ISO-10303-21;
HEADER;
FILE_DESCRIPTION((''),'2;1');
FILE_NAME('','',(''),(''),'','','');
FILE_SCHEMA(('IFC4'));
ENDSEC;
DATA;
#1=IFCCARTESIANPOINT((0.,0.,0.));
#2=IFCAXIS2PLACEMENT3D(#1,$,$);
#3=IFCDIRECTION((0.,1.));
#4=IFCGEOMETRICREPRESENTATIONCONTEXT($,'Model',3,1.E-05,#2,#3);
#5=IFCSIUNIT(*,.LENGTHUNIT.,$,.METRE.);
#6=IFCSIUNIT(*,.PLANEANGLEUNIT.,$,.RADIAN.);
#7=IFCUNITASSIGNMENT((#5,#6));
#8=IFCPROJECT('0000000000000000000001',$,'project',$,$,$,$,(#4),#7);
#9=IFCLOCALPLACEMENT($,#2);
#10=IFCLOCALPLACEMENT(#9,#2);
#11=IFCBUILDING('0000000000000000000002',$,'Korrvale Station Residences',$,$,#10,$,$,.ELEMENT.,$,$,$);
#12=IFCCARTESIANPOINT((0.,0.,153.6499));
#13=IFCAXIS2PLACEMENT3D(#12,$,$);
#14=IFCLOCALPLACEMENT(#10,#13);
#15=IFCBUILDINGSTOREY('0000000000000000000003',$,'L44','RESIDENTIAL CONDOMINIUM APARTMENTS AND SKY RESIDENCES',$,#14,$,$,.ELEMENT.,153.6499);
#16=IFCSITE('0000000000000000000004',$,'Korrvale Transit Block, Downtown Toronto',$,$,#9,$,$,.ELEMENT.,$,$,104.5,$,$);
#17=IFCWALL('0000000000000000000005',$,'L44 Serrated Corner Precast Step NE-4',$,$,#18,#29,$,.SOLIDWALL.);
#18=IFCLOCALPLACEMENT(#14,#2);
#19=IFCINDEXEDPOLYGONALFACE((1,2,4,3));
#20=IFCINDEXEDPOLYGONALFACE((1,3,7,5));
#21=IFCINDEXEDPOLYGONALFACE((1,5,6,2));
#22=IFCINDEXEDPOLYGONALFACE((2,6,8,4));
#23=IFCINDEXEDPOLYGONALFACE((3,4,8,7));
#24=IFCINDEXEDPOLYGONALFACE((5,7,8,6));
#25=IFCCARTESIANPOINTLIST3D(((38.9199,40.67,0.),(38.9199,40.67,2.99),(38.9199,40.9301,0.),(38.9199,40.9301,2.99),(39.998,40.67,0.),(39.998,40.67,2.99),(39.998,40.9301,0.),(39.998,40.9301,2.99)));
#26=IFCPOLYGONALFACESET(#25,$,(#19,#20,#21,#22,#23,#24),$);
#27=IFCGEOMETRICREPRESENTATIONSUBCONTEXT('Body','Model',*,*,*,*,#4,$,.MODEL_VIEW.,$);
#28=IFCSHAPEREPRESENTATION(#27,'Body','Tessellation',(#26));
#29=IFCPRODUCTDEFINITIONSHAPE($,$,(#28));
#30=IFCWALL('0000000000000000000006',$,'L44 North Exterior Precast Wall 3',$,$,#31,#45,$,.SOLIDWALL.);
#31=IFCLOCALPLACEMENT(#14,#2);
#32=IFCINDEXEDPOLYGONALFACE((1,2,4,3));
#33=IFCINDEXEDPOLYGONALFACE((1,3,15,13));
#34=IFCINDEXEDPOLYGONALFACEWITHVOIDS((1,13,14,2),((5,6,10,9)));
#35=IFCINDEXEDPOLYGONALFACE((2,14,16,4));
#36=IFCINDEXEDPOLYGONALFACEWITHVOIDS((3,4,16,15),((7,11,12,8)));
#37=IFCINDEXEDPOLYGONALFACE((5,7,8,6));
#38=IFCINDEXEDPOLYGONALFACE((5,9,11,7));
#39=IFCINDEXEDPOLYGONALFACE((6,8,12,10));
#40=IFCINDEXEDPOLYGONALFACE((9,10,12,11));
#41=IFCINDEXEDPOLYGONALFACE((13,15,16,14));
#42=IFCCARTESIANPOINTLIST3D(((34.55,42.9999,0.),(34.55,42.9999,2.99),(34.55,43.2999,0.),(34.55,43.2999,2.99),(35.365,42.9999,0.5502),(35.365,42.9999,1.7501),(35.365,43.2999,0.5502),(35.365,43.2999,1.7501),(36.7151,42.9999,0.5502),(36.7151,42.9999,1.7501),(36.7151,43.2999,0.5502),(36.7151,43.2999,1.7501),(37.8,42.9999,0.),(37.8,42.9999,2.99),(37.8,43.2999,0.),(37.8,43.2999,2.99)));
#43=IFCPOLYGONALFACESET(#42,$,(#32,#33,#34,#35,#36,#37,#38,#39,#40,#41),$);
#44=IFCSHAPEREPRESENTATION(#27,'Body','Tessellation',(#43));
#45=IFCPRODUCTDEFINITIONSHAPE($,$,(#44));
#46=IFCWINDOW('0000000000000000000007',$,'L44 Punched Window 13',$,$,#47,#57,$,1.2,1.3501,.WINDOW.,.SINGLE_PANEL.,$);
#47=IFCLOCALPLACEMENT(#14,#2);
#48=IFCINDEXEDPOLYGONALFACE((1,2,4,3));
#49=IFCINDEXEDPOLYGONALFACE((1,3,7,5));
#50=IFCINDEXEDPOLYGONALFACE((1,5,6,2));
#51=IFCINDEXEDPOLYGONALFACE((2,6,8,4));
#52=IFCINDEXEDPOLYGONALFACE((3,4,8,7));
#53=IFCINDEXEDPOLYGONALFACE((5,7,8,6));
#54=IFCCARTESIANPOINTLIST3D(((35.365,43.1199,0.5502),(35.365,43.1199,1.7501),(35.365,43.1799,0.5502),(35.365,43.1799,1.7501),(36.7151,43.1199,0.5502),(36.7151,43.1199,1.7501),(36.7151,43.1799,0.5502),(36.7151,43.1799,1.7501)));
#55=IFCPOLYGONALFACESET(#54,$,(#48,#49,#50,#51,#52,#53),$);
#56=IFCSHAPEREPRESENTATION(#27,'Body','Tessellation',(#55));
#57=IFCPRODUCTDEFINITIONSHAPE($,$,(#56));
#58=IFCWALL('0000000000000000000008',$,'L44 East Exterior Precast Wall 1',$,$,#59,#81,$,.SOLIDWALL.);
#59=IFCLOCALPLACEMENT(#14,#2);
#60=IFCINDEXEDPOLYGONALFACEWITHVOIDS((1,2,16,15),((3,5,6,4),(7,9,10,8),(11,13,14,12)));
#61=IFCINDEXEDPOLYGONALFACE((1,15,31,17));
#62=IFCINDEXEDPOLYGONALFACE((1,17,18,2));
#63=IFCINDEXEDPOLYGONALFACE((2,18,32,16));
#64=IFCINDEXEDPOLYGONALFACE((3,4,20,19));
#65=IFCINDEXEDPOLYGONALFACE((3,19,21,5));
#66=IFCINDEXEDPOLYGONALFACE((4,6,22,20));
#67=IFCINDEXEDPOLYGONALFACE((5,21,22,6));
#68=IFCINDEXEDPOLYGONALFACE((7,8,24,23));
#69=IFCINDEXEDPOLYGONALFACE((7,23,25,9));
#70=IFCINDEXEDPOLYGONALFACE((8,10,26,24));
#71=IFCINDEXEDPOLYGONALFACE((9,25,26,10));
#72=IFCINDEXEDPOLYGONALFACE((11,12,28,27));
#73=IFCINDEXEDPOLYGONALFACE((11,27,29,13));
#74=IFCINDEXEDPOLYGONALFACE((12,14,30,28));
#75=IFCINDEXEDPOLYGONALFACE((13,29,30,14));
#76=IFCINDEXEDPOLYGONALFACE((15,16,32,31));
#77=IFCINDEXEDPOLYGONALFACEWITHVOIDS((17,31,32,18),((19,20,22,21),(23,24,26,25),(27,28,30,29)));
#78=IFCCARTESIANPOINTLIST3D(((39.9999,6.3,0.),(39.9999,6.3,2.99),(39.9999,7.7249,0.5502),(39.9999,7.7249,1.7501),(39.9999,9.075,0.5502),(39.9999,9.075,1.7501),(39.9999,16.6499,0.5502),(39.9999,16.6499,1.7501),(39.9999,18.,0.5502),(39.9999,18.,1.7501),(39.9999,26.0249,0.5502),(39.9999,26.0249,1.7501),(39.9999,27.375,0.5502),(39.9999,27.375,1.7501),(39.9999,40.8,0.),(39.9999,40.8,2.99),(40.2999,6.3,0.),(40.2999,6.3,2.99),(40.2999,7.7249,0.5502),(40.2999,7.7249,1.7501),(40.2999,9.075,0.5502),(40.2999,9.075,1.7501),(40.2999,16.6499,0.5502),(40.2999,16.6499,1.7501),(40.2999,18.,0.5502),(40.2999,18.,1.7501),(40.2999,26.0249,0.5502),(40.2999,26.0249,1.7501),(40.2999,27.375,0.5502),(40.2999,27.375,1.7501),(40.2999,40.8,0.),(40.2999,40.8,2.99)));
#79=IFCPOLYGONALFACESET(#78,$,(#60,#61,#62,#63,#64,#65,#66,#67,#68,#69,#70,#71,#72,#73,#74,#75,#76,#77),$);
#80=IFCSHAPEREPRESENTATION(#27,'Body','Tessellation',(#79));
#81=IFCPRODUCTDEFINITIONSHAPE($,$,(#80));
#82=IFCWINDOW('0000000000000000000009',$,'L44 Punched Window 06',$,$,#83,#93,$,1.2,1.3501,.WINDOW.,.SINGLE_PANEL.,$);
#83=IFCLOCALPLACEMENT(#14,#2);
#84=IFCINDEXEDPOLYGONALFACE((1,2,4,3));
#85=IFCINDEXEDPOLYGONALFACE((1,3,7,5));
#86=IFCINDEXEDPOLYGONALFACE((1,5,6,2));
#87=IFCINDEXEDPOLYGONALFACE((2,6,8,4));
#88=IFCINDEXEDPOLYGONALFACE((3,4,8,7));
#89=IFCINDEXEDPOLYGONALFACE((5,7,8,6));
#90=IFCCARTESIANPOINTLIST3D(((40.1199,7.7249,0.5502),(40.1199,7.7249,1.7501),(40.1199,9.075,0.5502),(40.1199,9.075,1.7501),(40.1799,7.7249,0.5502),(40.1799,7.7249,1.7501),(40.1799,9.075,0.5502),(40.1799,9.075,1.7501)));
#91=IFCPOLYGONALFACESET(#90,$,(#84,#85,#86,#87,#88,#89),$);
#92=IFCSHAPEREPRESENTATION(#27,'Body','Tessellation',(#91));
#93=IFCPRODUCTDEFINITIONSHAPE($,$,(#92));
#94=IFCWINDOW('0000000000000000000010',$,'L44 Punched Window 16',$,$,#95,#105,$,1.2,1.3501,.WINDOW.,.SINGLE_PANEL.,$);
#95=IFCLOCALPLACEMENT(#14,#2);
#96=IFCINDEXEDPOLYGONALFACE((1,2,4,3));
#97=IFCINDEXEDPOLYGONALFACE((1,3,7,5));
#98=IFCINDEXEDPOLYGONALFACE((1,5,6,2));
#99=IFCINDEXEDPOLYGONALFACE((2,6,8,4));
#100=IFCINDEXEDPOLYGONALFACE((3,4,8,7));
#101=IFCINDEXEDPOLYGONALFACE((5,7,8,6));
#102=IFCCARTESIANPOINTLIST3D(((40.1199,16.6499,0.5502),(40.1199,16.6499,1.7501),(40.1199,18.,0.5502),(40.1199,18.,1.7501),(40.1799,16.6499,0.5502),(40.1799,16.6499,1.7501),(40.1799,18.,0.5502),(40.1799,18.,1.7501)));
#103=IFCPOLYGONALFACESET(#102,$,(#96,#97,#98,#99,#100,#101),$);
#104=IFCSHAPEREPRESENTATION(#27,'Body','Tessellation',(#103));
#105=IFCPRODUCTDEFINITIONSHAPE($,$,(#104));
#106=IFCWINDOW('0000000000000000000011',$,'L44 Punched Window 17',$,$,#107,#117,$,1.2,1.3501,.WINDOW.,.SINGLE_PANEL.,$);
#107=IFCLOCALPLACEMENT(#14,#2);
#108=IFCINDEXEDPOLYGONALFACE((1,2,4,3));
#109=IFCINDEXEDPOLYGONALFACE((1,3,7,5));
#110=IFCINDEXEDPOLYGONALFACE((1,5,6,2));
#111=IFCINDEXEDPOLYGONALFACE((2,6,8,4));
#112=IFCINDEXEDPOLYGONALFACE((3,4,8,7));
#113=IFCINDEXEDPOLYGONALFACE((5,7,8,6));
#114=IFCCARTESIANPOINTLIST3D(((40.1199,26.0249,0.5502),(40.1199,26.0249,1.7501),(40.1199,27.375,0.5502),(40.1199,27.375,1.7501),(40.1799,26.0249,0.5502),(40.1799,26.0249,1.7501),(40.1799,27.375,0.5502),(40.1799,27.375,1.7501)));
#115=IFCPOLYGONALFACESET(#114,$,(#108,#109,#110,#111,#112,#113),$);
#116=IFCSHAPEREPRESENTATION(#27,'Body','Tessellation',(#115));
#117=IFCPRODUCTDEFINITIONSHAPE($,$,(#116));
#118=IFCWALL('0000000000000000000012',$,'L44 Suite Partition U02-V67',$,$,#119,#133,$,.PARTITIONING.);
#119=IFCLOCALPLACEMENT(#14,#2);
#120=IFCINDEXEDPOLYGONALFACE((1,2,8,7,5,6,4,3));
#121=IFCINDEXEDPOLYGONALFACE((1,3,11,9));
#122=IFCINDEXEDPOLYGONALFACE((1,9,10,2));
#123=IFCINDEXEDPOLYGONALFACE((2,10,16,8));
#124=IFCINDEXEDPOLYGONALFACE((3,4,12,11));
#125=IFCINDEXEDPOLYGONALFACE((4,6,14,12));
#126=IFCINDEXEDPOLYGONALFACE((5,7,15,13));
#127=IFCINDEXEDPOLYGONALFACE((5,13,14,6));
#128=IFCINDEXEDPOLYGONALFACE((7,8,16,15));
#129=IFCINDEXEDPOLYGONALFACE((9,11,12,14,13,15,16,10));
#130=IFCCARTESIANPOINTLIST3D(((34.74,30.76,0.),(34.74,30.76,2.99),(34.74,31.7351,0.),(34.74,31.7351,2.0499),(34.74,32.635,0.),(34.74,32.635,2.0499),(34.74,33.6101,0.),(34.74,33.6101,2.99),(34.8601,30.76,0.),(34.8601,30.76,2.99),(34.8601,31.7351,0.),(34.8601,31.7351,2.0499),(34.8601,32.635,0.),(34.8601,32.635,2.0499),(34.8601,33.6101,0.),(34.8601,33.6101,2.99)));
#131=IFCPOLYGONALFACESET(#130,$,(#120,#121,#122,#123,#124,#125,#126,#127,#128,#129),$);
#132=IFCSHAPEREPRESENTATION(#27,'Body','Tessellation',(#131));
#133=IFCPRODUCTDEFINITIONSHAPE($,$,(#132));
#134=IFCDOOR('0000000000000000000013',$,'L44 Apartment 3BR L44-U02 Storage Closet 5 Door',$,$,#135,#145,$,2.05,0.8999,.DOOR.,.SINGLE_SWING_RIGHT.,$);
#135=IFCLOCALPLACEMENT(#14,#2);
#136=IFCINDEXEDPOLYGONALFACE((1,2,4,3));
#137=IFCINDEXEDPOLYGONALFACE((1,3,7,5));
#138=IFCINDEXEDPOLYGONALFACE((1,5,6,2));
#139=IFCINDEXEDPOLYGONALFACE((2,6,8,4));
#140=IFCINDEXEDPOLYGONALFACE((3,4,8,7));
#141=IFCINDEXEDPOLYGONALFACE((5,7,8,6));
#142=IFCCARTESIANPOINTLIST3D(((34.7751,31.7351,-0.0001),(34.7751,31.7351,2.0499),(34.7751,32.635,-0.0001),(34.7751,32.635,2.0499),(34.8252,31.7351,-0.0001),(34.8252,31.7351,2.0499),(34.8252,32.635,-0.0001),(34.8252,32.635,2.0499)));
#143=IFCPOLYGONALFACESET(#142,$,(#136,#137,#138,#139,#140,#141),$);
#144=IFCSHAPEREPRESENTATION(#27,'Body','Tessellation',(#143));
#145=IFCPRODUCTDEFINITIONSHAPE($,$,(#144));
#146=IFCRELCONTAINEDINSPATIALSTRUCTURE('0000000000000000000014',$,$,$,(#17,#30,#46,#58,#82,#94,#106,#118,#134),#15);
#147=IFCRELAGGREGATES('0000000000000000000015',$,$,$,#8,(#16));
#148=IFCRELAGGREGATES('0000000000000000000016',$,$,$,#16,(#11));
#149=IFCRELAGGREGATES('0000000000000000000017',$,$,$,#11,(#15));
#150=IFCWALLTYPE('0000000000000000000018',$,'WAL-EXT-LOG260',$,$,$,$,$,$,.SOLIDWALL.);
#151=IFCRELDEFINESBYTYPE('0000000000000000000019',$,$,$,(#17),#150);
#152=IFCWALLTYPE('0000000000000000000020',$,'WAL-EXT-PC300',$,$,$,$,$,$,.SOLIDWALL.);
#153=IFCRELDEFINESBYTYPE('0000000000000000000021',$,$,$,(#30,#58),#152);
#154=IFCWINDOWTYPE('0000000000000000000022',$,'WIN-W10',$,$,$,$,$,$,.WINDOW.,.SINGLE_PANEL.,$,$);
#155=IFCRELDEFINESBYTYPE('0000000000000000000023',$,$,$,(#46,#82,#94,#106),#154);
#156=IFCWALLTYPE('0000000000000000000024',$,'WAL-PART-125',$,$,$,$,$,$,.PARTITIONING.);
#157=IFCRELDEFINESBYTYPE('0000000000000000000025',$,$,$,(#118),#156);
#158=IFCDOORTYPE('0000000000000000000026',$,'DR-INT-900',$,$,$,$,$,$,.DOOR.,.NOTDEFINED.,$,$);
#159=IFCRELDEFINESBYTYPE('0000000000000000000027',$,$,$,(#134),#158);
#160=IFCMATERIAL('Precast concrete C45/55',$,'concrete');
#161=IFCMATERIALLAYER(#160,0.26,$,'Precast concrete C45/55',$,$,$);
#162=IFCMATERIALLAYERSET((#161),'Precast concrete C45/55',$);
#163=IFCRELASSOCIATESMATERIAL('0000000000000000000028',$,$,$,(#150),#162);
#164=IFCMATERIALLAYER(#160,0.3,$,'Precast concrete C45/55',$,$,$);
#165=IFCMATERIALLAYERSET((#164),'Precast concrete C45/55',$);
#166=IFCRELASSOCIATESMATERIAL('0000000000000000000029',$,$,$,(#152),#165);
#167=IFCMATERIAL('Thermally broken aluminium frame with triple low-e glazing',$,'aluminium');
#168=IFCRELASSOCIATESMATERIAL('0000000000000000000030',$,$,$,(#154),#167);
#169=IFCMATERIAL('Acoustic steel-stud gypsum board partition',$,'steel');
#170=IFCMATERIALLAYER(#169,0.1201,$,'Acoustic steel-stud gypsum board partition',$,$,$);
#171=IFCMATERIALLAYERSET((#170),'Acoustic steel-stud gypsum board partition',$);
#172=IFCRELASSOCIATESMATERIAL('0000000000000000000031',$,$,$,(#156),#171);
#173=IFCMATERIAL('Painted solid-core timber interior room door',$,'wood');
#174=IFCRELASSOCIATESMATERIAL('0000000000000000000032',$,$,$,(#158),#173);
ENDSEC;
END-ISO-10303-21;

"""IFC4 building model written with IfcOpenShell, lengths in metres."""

from ifc_helpers import new_model, si_unit, direction, frame, frame_2d, origin, place, context, subcontext, project, spatial, rectangle, extrude, material, layer, layer_set, type_object, element, fill, save


model = new_model("IFC4")

# Units and contexts
model_context = context("Model", 3, precision=1e-05, world=origin(), true_north=direction((0.0, 1.0)))
body_context = subcontext(model_context, "Body", "Model", "MODEL_VIEW")
ifc_project = project(units=[si_unit("LENGTHUNIT", "METRE"), si_unit("PLANEANGLEUNIT", "RADIAN")], contexts=[model_context])

# Site, building, storey
site_placement = place(None, origin())
site = spatial("IfcSite", under=ifc_project, at=site_placement, Name="Korrvale Transit Block, Downtown Toronto", CompositionType="ELEMENT", RefElevation=104.5)
building_placement = place(site_placement, origin())
building = spatial("IfcBuilding", under=site, at=building_placement, Name="Korrvale Station Residences", CompositionType="ELEMENT")
storey_placement = place(building_placement, frame((0.0, 0.0, 153.6499)))
storey = spatial("IfcBuildingStorey", under=building, at=storey_placement, Name="L44", Description="RESIDENTIAL CONDOMINIUM APARTMENTS AND SKY RESIDENCES", CompositionType="ELEMENT", Elevation=153.6499)

# Wall
ifc_material_1 = material(Name="Precast concrete C45/55", Category="concrete")
ifc_layer_1 = layer(ifc_material_1, 0.26, Name="Precast concrete C45/55")
ifc_layer_set_1 = layer_set([ifc_layer_1], Name="Precast concrete C45/55")
wall_type_1 = type_object("IfcWallType", Name="WAL-EXT-LOG260", PredefinedType="SOLIDWALL", material=ifc_layer_set_1)
wall_1_placement = place(storey_placement, frame((38.9199, 40.8, 0.0), z_axis=(0.0, 0.0, 1.0), x_axis=(1.0, 0.0, 0.0)))
element("IfcWall", 1, at=wall_1_placement, inside=storey, type_object=wall_type_1, Name="L44 Serrated Corner Precast Step NE-4", PredefinedType="SOLIDWALL", context=body_context, shape_type="SweptSolid", body=[
    extrude(rectangle(XDim=1.0781, YDim=0.26, at=frame_2d((0.5391, 0.0))), origin(), (0.0, 0.0, 1.0), 2.99),
])

# Wall, opening, window
ifc_layer_2 = layer(ifc_material_1, 0.3, Name="Precast concrete C45/55")
ifc_layer_set_2 = layer_set([ifc_layer_2], Name="Precast concrete C45/55")
wall_type_2 = type_object("IfcWallType", Name="WAL-EXT-PC300", PredefinedType="SOLIDWALL", material=ifc_layer_set_2)
wall_2_placement = place(storey_placement, frame((34.55, 43.1499, 0.0), z_axis=(0.0, 0.0, 1.0), x_axis=(1.0, 0.0, 0.0)))
wall_2 = element("IfcWall", 2, at=wall_2_placement, inside=storey, type_object=wall_type_2, Name="L44 North Exterior Precast Wall 3", PredefinedType="SOLIDWALL", context=body_context, shape_type="SweptSolid", body=[
    extrude(rectangle(XDim=3.25, YDim=0.3, at=frame_2d((1.625, 0.0))), origin(), (0.0, 0.0, 1.0), 2.99),
])
opening_1_placement = place(wall_2_placement, frame((0.8149, 0.0, 0.55)))
opening_1 = element("IfcOpeningElement", 3, at=opening_1_placement, cuts=wall_2, PredefinedType="OPENING", context=body_context, shape_type="SweptSolid", body=[
    extrude(rectangle(XDim=1.3501, YDim=1.2, at=frame_2d((0.675, 0.6001))), frame((0.0, 0.1602, 0.0), z_axis=(0.0, -1.0, 0.0), x_axis=(1.0, 0.0, 0.0)), (0.0, 0.0, 1.0), 0.3201),
])
ifc_material_2 = material(Name="Thermally broken aluminium frame with triple low-e glazing", Category="aluminium")
window_type = type_object("IfcWindowType", Name="WIN-W10", PartitioningType="SINGLE_PANEL", PredefinedType="WINDOW", material=ifc_material_2)
window_1_placement = place(opening_1_placement, origin())
window_1 = element("IfcWindow", 4, at=window_1_placement, inside=storey, type_object=window_type, Name="L44 Punched Window 13", OverallHeight=1.2, OverallWidth=1.3501, PartitioningType="SINGLE_PANEL", PredefinedType="WINDOW", context=body_context, shape_type="SweptSolid", body=[
    extrude(rectangle(XDim=1.3501, YDim=1.2, at=frame_2d((0.675, 0.6001))), frame((0.0, 0.03, 0.0), z_axis=(0.0, -1.0, 0.0), x_axis=(1.0, 0.0, 0.0)), (0.0, 0.0, 1.0), 0.0601),
])
fill(opening_1, window_1)

# Wall, openings, windows
wall_3_placement = place(storey_placement, frame((40.1499, 40.8, 0.0), z_axis=(0.0, 0.0, 1.0), x_axis=(0.0, -1.0, 0.0)))
wall_3 = element("IfcWall", 5, at=wall_3_placement, inside=storey, type_object=wall_type_2, Name="L44 East Exterior Precast Wall 1", PredefinedType="SOLIDWALL", context=body_context, shape_type="SweptSolid", body=[
    extrude(rectangle(XDim=34.5, YDim=0.3, at=frame_2d((17.25, 0.0))), origin(), (0.0, 0.0, 1.0), 2.99),
])
opening_2_placement = place(wall_3_placement, frame((31.7251, 0.0, 0.55)))
opening_2 = element("IfcOpeningElement", 6, at=opening_2_placement, cuts=wall_3, PredefinedType="OPENING", context=body_context, shape_type="SweptSolid", body=[
    extrude(rectangle(XDim=1.3501, YDim=1.2, at=frame_2d((0.675, 0.6001))), frame((0.0, 0.1602, 0.0), z_axis=(0.0, -1.0, 0.0), x_axis=(1.0, 0.0, 0.0)), (0.0, 0.0, 1.0), 0.3201),
])
opening_3_placement = place(wall_3_placement, frame((22.8, 0.0, 0.55)))
opening_3 = element("IfcOpeningElement", 7, at=opening_3_placement, cuts=wall_3, PredefinedType="OPENING", context=body_context, shape_type="SweptSolid", body=[
    extrude(rectangle(XDim=1.3501, YDim=1.2, at=frame_2d((0.675, 0.6001))), frame((0.0, 0.1602, 0.0), z_axis=(0.0, -1.0, 0.0), x_axis=(1.0, 0.0, 0.0)), (0.0, 0.0, 1.0), 0.3201),
])
opening_4_placement = place(wall_3_placement, frame((13.425, 0.0, 0.55)))
opening_4 = element("IfcOpeningElement", 8, at=opening_4_placement, cuts=wall_3, PredefinedType="OPENING", context=body_context, shape_type="SweptSolid", body=[
    extrude(rectangle(XDim=1.3501, YDim=1.2, at=frame_2d((0.675, 0.6001))), frame((0.0, 0.1602, 0.0), z_axis=(0.0, -1.0, 0.0), x_axis=(1.0, 0.0, 0.0)), (0.0, 0.0, 1.0), 0.3201),
])
window_2_placement = place(opening_2_placement, origin())
window_2 = element("IfcWindow", 9, at=window_2_placement, inside=storey, type_object=window_type, Name="L44 Punched Window 06", OverallHeight=1.2, OverallWidth=1.3501, PartitioningType="SINGLE_PANEL", PredefinedType="WINDOW", context=body_context, shape_type="SweptSolid", body=[
    extrude(rectangle(XDim=1.3501, YDim=1.2, at=frame_2d((0.675, 0.6001))), frame((0.0, 0.03, 0.0), z_axis=(0.0, -1.0, 0.0), x_axis=(1.0, 0.0, 0.0)), (0.0, 0.0, 1.0), 0.0601),
])
fill(opening_2, window_2)
window_3_placement = place(opening_3_placement, origin())
window_3 = element("IfcWindow", 10, at=window_3_placement, inside=storey, type_object=window_type, Name="L44 Punched Window 16", OverallHeight=1.2, OverallWidth=1.3501, PartitioningType="SINGLE_PANEL", PredefinedType="WINDOW", context=body_context, shape_type="SweptSolid", body=[
    extrude(rectangle(XDim=1.3501, YDim=1.2, at=frame_2d((0.675, 0.6001))), frame((0.0, 0.03, 0.0), z_axis=(0.0, -1.0, 0.0), x_axis=(1.0, 0.0, 0.0)), (0.0, 0.0, 1.0), 0.0601),
])
fill(opening_3, window_3)
window_4_placement = place(opening_4_placement, origin())
window_4 = element("IfcWindow", 11, at=window_4_placement, inside=storey, type_object=window_type, Name="L44 Punched Window 17", OverallHeight=1.2, OverallWidth=1.3501, PartitioningType="SINGLE_PANEL", PredefinedType="WINDOW", context=body_context, shape_type="SweptSolid", body=[
    extrude(rectangle(XDim=1.3501, YDim=1.2, at=frame_2d((0.675, 0.6001))), frame((0.0, 0.03, 0.0), z_axis=(0.0, -1.0, 0.0), x_axis=(1.0, 0.0, 0.0)), (0.0, 0.0, 1.0), 0.0601),
])
fill(opening_4, window_4)

# Wall, opening, door
ifc_material_3 = material(Name="Acoustic steel-stud gypsum board partition", Category="steel")
ifc_layer_3 = layer(ifc_material_3, 0.1201, Name="Acoustic steel-stud gypsum board partition")
ifc_layer_set_3 = layer_set([ifc_layer_3], Name="Acoustic steel-stud gypsum board partition")
wall_type_3 = type_object("IfcWallType", Name="WAL-PART-125", PredefinedType="PARTITIONING", material=ifc_layer_set_3)
wall_4_placement = place(storey_placement, frame((34.8, 30.76, 0.0), z_axis=(0.0, 0.0, 1.0), x_axis=(0.0, 1.0, 0.0)))
wall_4 = element("IfcWall", 12, at=wall_4_placement, inside=storey, type_object=wall_type_3, Name="L44 Suite Partition U02-V67", PredefinedType="PARTITIONING", context=body_context, shape_type="SweptSolid", body=[
    extrude(rectangle(XDim=2.8501, YDim=0.1201, at=frame_2d((1.425, 0.0))), origin(), (0.0, 0.0, 1.0), 2.99),
])
opening_5_placement = place(wall_4_placement, frame((0.9751, 0.0, 0.0)))
opening_5 = element("IfcOpeningElement", 13, at=opening_5_placement, cuts=wall_4, PredefinedType="OPENING", context=body_context, shape_type="SweptSolid", body=[
    extrude(rectangle(XDim=0.8999, YDim=2.05, at=frame_2d((0.45, 1.0249))), frame((0.0, 0.0701, 0.0), z_axis=(0.0, -1.0, 0.0), x_axis=(1.0, 0.0, 0.0)), (0.0, 0.0, 1.0), 0.1401),
])
ifc_material_4 = material(Name="Painted solid-core timber interior room door", Category="wood")
door_type = type_object("IfcDoorType", Name="DR-INT-900", OperationType="NOTDEFINED", PredefinedType="DOOR", material=ifc_material_4)
door_1_placement = place(opening_5_placement, origin())
door_1 = element("IfcDoor", 14, at=door_1_placement, inside=storey, type_object=door_type, Name="L44 Apartment 3BR L44-U02 Storage Closet 5 Door", OperationType="SINGLE_SWING_RIGHT", OverallHeight=2.05, OverallWidth=0.8999, PredefinedType="DOOR", context=body_context, shape_type="SweptSolid", body=[
    extrude(rectangle(XDim=0.8999, YDim=2.05, at=frame_2d((0.45, 1.0249))), frame((0.0, 0.0249, 0.0), z_axis=(0.0, -1.0, 0.0), x_axis=(1.0, 0.0, 0.0)), (0.0, 0.0, 1.0), 0.05),
])
fill(opening_5, door_1)

save(model, "model.ifc")
